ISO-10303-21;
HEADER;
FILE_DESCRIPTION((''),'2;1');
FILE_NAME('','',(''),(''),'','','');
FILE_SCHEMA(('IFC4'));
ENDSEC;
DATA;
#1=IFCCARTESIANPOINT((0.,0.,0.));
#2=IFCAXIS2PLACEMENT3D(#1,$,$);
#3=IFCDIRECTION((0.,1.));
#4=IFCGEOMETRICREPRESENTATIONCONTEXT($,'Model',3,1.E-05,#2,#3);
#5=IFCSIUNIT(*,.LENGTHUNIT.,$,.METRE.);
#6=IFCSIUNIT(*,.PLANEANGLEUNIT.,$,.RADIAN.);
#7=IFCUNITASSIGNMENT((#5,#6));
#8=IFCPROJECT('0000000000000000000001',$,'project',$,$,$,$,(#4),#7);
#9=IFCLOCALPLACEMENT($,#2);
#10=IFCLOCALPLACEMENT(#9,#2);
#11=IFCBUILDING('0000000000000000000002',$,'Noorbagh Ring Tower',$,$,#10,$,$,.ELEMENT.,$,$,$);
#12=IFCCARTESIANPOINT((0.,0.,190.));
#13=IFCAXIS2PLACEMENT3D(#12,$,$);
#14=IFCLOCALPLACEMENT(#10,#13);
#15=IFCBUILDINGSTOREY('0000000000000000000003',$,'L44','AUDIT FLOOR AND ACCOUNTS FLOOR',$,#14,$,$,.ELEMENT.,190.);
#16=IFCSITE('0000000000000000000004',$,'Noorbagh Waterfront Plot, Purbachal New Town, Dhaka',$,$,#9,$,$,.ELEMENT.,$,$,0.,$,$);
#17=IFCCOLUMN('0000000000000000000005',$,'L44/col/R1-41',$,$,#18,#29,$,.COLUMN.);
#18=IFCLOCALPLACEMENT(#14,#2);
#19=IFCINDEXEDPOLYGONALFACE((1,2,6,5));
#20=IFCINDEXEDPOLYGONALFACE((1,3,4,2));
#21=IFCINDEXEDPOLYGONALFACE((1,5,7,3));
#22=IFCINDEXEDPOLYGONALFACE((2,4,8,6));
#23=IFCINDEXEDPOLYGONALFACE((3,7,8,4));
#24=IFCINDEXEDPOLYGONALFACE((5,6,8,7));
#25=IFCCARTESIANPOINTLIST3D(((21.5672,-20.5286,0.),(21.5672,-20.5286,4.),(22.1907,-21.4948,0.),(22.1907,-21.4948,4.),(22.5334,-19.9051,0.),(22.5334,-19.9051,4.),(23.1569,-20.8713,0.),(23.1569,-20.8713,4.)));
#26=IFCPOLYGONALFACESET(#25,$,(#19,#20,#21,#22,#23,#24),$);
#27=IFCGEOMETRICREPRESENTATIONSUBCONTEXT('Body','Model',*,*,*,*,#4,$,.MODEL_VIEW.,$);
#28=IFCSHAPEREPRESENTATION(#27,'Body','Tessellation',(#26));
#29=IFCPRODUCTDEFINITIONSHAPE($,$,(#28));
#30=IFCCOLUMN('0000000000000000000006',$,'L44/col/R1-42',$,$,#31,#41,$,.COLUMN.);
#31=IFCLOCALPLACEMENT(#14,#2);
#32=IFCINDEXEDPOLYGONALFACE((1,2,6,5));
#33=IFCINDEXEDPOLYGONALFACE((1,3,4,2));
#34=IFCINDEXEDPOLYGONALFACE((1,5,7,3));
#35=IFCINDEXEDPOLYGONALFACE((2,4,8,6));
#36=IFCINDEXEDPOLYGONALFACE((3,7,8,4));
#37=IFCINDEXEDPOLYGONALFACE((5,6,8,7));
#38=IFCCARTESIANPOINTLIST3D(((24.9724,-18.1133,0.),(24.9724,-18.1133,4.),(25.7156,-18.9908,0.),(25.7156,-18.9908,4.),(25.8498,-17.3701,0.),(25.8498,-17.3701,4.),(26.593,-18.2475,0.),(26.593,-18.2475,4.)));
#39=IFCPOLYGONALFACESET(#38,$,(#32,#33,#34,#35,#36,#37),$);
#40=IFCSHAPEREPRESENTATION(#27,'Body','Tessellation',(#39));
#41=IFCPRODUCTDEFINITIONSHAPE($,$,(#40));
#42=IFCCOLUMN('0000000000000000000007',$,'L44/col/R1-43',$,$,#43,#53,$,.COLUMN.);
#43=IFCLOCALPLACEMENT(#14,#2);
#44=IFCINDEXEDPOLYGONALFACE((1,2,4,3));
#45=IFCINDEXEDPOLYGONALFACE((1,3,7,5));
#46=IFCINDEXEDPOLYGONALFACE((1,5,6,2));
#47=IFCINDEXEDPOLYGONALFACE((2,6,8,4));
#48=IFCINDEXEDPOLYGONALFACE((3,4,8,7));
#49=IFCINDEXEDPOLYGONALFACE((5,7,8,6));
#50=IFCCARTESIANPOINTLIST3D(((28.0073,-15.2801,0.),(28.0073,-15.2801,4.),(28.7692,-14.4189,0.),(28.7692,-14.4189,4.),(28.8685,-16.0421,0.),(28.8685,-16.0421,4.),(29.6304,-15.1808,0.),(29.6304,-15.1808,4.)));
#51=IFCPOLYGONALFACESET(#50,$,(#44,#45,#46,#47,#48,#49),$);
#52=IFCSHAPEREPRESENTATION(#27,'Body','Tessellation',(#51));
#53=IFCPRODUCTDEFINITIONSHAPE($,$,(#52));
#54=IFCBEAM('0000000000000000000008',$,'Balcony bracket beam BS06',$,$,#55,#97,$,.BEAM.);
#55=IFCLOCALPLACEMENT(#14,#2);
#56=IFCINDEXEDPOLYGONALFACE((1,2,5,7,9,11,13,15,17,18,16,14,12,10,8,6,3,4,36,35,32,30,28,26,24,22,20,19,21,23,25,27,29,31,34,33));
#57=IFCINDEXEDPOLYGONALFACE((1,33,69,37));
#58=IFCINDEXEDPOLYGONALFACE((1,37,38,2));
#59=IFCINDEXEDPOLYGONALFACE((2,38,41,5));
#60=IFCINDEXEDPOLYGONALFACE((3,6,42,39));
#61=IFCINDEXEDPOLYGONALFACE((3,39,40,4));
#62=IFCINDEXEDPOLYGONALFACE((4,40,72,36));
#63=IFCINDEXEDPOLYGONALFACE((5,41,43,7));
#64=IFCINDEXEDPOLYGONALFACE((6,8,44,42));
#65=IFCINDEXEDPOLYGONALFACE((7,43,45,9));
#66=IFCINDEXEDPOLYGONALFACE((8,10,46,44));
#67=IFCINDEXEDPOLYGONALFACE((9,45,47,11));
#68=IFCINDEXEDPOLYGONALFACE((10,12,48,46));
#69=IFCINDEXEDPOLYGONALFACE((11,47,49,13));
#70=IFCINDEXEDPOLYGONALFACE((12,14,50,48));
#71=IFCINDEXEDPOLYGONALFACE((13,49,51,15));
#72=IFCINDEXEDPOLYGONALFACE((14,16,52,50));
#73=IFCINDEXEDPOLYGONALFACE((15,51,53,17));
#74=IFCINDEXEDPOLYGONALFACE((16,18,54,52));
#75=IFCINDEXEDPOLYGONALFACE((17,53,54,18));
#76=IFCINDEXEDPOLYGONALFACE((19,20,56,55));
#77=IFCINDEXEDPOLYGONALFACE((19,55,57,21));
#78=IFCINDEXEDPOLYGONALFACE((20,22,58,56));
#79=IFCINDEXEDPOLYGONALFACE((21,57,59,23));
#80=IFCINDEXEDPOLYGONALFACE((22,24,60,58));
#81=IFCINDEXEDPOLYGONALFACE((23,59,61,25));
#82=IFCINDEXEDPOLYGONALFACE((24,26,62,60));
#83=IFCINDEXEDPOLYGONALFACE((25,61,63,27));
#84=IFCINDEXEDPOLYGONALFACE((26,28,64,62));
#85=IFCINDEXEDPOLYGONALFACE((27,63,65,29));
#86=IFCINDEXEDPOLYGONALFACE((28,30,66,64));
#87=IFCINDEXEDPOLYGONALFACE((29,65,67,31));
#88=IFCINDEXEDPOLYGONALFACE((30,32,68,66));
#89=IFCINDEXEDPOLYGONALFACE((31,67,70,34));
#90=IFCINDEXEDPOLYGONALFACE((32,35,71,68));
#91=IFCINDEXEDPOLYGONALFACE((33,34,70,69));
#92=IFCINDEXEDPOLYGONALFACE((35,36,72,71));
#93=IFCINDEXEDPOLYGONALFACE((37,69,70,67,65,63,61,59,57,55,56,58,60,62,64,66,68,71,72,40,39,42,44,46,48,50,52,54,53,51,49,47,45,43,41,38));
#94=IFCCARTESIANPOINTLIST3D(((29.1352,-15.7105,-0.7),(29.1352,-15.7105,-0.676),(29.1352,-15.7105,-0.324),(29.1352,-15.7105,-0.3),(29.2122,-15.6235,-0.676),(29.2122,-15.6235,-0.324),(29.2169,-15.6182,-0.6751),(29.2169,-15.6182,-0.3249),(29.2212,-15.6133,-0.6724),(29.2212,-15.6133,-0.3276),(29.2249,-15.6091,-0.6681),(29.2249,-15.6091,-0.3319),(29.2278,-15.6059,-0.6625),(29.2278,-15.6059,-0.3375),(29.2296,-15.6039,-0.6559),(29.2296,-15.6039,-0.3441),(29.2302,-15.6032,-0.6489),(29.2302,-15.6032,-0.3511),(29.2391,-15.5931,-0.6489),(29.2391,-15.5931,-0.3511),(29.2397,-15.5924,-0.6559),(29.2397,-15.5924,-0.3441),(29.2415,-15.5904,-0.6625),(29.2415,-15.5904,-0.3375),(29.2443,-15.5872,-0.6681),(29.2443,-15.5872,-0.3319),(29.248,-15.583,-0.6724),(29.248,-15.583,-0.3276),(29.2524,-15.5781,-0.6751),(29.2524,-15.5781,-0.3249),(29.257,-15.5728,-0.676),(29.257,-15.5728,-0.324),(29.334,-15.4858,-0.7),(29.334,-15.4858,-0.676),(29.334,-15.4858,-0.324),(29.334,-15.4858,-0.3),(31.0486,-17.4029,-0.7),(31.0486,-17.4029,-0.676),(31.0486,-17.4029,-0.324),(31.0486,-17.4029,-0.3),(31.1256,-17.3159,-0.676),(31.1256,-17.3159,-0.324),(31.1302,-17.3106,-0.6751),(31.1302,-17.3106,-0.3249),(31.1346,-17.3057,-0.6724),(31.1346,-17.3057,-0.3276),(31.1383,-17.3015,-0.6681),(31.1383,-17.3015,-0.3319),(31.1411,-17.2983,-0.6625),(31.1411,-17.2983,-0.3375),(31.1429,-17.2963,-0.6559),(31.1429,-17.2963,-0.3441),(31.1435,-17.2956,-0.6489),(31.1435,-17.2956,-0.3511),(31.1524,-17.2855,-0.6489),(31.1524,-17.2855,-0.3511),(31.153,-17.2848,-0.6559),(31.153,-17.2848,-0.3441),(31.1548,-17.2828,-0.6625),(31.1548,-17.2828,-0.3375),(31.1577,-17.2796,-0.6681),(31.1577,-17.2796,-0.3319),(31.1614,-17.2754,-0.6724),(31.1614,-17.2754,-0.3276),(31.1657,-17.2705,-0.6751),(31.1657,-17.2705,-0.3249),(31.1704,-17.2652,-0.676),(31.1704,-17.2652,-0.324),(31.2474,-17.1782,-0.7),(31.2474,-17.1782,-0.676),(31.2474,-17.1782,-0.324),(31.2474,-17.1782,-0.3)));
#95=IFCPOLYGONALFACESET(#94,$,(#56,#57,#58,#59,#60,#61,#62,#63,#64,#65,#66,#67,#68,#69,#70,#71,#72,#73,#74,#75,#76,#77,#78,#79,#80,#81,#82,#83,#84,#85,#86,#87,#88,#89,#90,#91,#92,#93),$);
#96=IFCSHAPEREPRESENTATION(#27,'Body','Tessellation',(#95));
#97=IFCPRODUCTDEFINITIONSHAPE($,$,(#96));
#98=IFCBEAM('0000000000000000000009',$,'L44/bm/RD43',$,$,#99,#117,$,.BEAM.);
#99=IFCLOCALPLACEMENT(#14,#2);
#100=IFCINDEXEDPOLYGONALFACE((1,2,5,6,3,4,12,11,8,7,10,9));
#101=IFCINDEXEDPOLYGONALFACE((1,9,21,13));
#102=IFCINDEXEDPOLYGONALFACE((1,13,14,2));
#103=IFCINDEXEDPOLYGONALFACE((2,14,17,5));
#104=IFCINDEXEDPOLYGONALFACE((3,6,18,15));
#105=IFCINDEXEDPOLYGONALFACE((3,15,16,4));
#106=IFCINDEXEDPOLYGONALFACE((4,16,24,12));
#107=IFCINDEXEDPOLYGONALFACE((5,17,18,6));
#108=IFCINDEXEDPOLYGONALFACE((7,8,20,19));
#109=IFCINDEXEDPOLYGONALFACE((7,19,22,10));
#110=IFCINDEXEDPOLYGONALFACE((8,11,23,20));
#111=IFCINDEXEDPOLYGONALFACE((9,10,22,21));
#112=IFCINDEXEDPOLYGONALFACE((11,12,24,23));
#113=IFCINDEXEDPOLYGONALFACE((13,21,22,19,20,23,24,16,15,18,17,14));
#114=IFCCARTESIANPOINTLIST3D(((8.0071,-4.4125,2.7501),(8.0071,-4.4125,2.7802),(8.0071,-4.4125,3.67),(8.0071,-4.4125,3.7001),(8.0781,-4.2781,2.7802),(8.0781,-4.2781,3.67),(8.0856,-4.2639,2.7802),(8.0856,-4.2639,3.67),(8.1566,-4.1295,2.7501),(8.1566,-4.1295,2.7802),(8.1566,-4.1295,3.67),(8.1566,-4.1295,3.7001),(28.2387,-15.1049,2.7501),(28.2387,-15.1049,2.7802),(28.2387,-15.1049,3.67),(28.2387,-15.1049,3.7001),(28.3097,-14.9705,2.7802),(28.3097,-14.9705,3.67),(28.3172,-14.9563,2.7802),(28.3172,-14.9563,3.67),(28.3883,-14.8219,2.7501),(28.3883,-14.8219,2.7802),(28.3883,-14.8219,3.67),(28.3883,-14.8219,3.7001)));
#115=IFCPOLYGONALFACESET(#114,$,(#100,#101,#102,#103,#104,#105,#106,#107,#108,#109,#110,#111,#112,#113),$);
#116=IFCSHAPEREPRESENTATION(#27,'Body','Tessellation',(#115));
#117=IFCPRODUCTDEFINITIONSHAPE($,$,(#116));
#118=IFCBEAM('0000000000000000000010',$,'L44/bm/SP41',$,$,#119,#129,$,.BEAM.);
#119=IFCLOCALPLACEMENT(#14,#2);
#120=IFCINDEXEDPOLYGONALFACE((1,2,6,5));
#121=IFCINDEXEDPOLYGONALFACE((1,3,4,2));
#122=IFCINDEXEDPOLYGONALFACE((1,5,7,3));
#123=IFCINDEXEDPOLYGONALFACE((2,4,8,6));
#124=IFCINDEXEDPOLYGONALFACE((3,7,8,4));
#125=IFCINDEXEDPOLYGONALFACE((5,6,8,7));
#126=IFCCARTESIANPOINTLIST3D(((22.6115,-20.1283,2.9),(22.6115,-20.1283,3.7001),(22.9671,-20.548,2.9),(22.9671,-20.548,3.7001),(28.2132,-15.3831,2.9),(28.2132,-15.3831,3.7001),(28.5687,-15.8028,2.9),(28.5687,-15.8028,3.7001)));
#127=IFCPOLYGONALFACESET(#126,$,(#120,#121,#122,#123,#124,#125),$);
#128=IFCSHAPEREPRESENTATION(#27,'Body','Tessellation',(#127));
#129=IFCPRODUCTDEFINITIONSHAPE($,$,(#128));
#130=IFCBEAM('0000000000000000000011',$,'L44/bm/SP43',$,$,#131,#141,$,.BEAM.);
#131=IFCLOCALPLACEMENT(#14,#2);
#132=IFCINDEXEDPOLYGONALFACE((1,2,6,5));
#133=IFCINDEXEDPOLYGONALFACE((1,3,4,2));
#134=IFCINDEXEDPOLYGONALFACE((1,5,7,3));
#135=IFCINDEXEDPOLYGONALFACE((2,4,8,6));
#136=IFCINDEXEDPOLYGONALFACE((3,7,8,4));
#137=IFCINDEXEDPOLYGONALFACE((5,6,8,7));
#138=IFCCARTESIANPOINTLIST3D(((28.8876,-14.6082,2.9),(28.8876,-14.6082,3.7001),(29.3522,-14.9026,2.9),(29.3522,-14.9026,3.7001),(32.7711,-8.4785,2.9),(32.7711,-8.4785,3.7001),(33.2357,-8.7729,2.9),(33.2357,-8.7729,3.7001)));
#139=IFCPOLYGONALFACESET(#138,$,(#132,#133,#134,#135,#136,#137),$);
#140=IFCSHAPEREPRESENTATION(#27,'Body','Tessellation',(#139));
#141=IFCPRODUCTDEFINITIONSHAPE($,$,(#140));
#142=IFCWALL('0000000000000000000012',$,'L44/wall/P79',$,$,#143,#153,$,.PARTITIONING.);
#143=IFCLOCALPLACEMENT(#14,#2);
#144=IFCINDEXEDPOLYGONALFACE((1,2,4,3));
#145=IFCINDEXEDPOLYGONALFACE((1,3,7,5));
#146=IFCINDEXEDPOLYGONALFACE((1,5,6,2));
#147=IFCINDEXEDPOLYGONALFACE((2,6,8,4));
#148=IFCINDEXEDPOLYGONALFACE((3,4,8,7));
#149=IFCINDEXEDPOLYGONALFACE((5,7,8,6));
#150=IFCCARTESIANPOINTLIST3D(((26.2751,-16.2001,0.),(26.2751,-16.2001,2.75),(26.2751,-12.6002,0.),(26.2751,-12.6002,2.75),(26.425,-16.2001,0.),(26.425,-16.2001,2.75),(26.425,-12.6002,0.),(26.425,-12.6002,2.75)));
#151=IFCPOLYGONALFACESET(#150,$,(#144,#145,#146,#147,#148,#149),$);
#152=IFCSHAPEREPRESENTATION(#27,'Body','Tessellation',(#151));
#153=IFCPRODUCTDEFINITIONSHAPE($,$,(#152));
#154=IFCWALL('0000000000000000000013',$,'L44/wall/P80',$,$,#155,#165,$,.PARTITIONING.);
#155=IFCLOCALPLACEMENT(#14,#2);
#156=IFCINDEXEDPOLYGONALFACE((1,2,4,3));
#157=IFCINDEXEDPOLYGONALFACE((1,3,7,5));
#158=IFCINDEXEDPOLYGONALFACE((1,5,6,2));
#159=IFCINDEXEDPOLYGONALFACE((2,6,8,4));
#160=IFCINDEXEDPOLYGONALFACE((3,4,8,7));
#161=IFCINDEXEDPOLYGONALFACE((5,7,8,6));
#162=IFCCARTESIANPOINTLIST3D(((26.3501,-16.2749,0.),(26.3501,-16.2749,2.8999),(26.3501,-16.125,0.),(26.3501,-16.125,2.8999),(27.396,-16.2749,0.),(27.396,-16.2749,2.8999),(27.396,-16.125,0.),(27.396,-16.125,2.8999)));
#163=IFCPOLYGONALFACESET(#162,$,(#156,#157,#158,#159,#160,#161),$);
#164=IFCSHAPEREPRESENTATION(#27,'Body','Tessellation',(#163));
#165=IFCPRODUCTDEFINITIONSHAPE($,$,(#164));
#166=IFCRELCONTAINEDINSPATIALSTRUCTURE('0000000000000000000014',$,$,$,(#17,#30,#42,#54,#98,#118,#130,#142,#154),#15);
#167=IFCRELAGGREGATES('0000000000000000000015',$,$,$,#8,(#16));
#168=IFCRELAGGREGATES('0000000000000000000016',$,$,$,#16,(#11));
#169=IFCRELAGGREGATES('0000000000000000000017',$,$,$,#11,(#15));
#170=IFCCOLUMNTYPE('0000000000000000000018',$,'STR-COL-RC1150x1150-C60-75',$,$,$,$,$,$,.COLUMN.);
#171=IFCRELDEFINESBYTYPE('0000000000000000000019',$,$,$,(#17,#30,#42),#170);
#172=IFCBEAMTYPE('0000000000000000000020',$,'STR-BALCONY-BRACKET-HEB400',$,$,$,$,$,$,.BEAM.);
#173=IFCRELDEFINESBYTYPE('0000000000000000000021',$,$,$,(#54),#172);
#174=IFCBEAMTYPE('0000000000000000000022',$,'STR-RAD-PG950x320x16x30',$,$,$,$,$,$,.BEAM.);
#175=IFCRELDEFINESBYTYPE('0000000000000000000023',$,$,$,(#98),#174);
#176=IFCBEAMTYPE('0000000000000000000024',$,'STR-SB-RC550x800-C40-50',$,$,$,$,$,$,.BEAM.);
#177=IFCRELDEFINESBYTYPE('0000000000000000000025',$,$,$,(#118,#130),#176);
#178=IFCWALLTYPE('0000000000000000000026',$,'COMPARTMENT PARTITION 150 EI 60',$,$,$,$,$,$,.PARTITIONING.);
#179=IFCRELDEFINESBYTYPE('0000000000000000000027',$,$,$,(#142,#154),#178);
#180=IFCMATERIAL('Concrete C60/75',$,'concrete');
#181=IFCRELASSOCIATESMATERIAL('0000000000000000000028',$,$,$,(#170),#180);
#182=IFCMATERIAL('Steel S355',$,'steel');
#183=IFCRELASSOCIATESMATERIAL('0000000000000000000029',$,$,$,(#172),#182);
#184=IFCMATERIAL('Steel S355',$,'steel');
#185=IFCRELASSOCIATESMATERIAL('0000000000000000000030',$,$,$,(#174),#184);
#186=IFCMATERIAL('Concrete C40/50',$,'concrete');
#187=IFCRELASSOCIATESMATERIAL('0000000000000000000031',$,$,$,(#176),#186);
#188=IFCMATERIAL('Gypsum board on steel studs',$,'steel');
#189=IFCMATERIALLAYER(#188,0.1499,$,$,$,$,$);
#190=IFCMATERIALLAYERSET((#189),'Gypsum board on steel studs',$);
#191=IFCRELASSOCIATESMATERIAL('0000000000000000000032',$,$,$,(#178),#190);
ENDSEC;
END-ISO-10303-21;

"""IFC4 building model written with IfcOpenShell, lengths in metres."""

from ifc_helpers import new_model, si_unit, direction, frame, frame_2d, origin, origin_2d, place, context, subcontext, project, spatial, rectangle, i_section, extrude, material, layer, layer_set, material_profile, profile_set, type_object, element, save


model = new_model("IFC4")

# Units and contexts
model_context = context("Model", 3, precision=1e-05, world=origin(), true_north=direction((0.0, 1.0)))
body_context = subcontext(model_context, "Body", "Model", "MODEL_VIEW")
ifc_project = project(units=[si_unit("LENGTHUNIT", "METRE"), si_unit("PLANEANGLEUNIT", "RADIAN")], contexts=[model_context])

# Site, building, storey
site_placement = place(None, origin())
site = spatial("IfcSite", under=ifc_project, at=site_placement, Name="Noorbagh Waterfront Plot, Purbachal New Town, Dhaka", CompositionType="ELEMENT", RefElevation=0.0)
building_placement = place(site_placement, origin())
building = spatial("IfcBuilding", under=site, at=building_placement, Name="Noorbagh Ring Tower", CompositionType="ELEMENT")
storey_placement = place(building_placement, frame((0.0, 0.0, 190.0)))
storey = spatial("IfcBuildingStorey", under=building, at=storey_placement, Name="L44", Description="AUDIT FLOOR AND ACCOUNTS FLOOR", CompositionType="ELEMENT", Elevation=190.0)

# Columns
ifc_material_1 = material(Name="Concrete C60/75", Category="concrete")
ifc_material_profile_1 = material_profile(ifc_material_1, rectangle(XDim=1.1499, YDim=1.1499, at=origin_2d()), Name="RC1150x1150")
ifc_profile_set_1 = profile_set([ifc_material_profile_1], Name="Concrete C60/75")
column_type = type_object("IfcColumnType", Name="STR-COL-RC1150x1150-C60-75", PredefinedType="COLUMN", material=ifc_profile_set_1)
for number, where, z_axis, x_axis, name in (
    (1, (22.3621, -20.7, 0.0), (0.0, 0.0, 1.0), (0.840248, 0.542203, 0.0), "L44/col/R1-41"),
    (2, (25.7827, -18.1804, 0.0), (0.0, 0.0, 1.0), (0.763035, 0.646357, 0.0), "L44/col/R1-42"),
    (3, (28.8188, -15.2305, 0.0), (0.0, 0.0, 1.0), (0.662636, 0.748942, 0.0), "L44/col/R1-43"),
):
    element("IfcColumn", number, at=place(storey_placement, frame(where, z_axis=z_axis, x_axis=x_axis)), inside=storey, type_object=column_type, Name=name, PredefinedType="COLUMN", context=body_context, shape_type="SweptSolid", body=[
        extrude(rectangle(XDim=1.1499, YDim=1.1499, at=origin_2d()), origin(), (0.0, 0.0, 1.0), 4.0),
    ])

# Beams
ifc_material_2 = material(Name="Steel S355", Category="steel")
ifc_material_profile_2 = material_profile(ifc_material_2, i_section(OverallWidth=0.3, OverallDepth=0.3999, WebThickness=0.0134, FlangeThickness=0.0239, FilletRadius=0.0271, at=origin_2d()), Name="HEB400")
ifc_profile_set_2 = profile_set([ifc_material_profile_2], Name="Steel S355")
beam_type_1 = type_object("IfcBeamType", Name="STR-BALCONY-BRACKET-HEB400", PredefinedType="BEAM", material=ifc_profile_set_2)
beam_1_placement = place(storey_placement, frame((29.2346, -15.5981, -0.5), z_axis=(0.749031, -0.662535, 0.0), x_axis=(0.662535, 0.749031, 0.0)))
element("IfcBeam", 4, at=beam_1_placement, inside=storey, type_object=beam_type_1, Name="Balcony bracket beam BS06", PredefinedType="BEAM", context=body_context, shape_type="SweptSolid", body=[
    extrude(i_section(OverallWidth=0.3, OverallDepth=0.3999, WebThickness=0.0134, FlangeThickness=0.0239, FilletRadius=0.0271, at=origin_2d()), origin(), (0.0, 0.0, 1.0), 2.5544),
])
ifc_material_3 = material(Name="Steel S355", Category="steel")
ifc_material_profile_3 = material_profile(ifc_material_3, i_section(OverallWidth=0.3201, OverallDepth=0.95, WebThickness=0.0161, FlangeThickness=0.03, at=origin_2d()), Name="PG950x320x16x30")
ifc_profile_set_3 = profile_set([ifc_material_profile_3], Name="Steel S355")
beam_type_2 = type_object("IfcBeamType", Name="STR-RAD-PG950x320x16x30", PredefinedType="BEAM", material=ifc_profile_set_3)
beam_2_placement = place(storey_placement, frame((28.3135, -14.9634, 3.2251), z_axis=(-0.884122, 0.467256, 0.0), x_axis=(-0.467256, -0.884122, 0.0)))
element("IfcBeam", 5, at=beam_2_placement, inside=storey, type_object=beam_type_2, Name="L44/bm/RD43", PredefinedType="BEAM", context=body_context, shape_type="SweptSolid", body=[
    extrude(i_section(OverallWidth=0.3201, OverallDepth=0.95, WebThickness=0.0161, FlangeThickness=0.03, at=origin_2d()), origin(), (0.0, 0.0, 1.0), 22.8833),
])
ifc_material_4 = material(Name="Concrete C40/50", Category="concrete")
ifc_material_profile_4 = material_profile(ifc_material_4, rectangle(XDim=0.55, YDim=0.8, at=origin_2d()), Name="RC550x800")
ifc_profile_set_4 = profile_set([ifc_material_profile_4], Name="Concrete C40/50")
beam_type_3 = type_object("IfcBeamType", Name="STR-SB-RC550x800-C40-50", PredefinedType="BEAM", material=ifc_profile_set_4)
beam_3_placement = place(storey_placement, frame((22.7893, -20.3381, 3.3), z_axis=(0.763028, 0.646366, 0.0), x_axis=(-0.646366, 0.763028, 0.0)))
element("IfcBeam", 6, at=beam_3_placement, inside=storey, type_object=beam_type_3, Name="L44/bm/SP41", PredefinedType="BEAM", context=body_context, shape_type="SweptSolid", body=[
    extrude(rectangle(XDim=0.55, YDim=0.8, at=origin_2d()), origin(), (0.0, 0.0, 1.0), 7.3413),
])
beam_4_placement = place(storey_placement, frame((29.1199, -14.7554, 3.3), z_axis=(0.535194, 0.844729, 0.0), x_axis=(-0.844729, 0.535194, 0.0)))
element("IfcBeam", 7, at=beam_4_placement, inside=storey, type_object=beam_type_3, Name="L44/bm/SP43", PredefinedType="BEAM", context=body_context, shape_type="SweptSolid", body=[
    extrude(rectangle(XDim=0.55, YDim=0.8, at=origin_2d()), origin(), (0.0, 0.0, 1.0), 7.2563),
])

# Walls
ifc_material_5 = material(Name="Gypsum board on steel studs", Category="steel")
ifc_layer_1 = layer(ifc_material_5, 0.1499)
ifc_layer_set_1 = layer_set([ifc_layer_1], Name="Gypsum board on steel studs")
wall_type_1 = type_object("IfcWallType", Name="COMPARTMENT PARTITION 150 EI 60", PredefinedType="PARTITIONING", material=ifc_layer_set_1)
wall_1_placement = place(storey_placement, frame((26.3501, -16.2, 0.0), z_axis=(0.0, 0.0, 1.0), x_axis=(0.0, 1.0, 0.0)))
element("IfcWall", 8, at=wall_1_placement, inside=storey, type_object=wall_type_1, Name="L44/wall/P79", PredefinedType="PARTITIONING", context=body_context, shape_type="SweptSolid", body=[
    extrude(rectangle(XDim=3.5999, YDim=0.1499, at=frame_2d((1.7998, 0.0))), origin(), (0.0, 0.0, 1.0), 2.75),
])
wall_2_placement = place(storey_placement, frame((26.3501, -16.2, 0.0), z_axis=(0.0, 0.0, 1.0), x_axis=(1.0, 0.0, 0.0)))
element("IfcWall", 9, at=wall_2_placement, inside=storey, type_object=wall_type_1, Name="L44/wall/P80", PredefinedType="PARTITIONING", context=body_context, shape_type="SweptSolid", body=[
    extrude(rectangle(XDim=1.0459, YDim=0.1499, at=frame_2d((0.5229, 0.0))), origin(), (0.0, 0.0, 1.0), 2.8999),
])

save(model, "model.ifc")
